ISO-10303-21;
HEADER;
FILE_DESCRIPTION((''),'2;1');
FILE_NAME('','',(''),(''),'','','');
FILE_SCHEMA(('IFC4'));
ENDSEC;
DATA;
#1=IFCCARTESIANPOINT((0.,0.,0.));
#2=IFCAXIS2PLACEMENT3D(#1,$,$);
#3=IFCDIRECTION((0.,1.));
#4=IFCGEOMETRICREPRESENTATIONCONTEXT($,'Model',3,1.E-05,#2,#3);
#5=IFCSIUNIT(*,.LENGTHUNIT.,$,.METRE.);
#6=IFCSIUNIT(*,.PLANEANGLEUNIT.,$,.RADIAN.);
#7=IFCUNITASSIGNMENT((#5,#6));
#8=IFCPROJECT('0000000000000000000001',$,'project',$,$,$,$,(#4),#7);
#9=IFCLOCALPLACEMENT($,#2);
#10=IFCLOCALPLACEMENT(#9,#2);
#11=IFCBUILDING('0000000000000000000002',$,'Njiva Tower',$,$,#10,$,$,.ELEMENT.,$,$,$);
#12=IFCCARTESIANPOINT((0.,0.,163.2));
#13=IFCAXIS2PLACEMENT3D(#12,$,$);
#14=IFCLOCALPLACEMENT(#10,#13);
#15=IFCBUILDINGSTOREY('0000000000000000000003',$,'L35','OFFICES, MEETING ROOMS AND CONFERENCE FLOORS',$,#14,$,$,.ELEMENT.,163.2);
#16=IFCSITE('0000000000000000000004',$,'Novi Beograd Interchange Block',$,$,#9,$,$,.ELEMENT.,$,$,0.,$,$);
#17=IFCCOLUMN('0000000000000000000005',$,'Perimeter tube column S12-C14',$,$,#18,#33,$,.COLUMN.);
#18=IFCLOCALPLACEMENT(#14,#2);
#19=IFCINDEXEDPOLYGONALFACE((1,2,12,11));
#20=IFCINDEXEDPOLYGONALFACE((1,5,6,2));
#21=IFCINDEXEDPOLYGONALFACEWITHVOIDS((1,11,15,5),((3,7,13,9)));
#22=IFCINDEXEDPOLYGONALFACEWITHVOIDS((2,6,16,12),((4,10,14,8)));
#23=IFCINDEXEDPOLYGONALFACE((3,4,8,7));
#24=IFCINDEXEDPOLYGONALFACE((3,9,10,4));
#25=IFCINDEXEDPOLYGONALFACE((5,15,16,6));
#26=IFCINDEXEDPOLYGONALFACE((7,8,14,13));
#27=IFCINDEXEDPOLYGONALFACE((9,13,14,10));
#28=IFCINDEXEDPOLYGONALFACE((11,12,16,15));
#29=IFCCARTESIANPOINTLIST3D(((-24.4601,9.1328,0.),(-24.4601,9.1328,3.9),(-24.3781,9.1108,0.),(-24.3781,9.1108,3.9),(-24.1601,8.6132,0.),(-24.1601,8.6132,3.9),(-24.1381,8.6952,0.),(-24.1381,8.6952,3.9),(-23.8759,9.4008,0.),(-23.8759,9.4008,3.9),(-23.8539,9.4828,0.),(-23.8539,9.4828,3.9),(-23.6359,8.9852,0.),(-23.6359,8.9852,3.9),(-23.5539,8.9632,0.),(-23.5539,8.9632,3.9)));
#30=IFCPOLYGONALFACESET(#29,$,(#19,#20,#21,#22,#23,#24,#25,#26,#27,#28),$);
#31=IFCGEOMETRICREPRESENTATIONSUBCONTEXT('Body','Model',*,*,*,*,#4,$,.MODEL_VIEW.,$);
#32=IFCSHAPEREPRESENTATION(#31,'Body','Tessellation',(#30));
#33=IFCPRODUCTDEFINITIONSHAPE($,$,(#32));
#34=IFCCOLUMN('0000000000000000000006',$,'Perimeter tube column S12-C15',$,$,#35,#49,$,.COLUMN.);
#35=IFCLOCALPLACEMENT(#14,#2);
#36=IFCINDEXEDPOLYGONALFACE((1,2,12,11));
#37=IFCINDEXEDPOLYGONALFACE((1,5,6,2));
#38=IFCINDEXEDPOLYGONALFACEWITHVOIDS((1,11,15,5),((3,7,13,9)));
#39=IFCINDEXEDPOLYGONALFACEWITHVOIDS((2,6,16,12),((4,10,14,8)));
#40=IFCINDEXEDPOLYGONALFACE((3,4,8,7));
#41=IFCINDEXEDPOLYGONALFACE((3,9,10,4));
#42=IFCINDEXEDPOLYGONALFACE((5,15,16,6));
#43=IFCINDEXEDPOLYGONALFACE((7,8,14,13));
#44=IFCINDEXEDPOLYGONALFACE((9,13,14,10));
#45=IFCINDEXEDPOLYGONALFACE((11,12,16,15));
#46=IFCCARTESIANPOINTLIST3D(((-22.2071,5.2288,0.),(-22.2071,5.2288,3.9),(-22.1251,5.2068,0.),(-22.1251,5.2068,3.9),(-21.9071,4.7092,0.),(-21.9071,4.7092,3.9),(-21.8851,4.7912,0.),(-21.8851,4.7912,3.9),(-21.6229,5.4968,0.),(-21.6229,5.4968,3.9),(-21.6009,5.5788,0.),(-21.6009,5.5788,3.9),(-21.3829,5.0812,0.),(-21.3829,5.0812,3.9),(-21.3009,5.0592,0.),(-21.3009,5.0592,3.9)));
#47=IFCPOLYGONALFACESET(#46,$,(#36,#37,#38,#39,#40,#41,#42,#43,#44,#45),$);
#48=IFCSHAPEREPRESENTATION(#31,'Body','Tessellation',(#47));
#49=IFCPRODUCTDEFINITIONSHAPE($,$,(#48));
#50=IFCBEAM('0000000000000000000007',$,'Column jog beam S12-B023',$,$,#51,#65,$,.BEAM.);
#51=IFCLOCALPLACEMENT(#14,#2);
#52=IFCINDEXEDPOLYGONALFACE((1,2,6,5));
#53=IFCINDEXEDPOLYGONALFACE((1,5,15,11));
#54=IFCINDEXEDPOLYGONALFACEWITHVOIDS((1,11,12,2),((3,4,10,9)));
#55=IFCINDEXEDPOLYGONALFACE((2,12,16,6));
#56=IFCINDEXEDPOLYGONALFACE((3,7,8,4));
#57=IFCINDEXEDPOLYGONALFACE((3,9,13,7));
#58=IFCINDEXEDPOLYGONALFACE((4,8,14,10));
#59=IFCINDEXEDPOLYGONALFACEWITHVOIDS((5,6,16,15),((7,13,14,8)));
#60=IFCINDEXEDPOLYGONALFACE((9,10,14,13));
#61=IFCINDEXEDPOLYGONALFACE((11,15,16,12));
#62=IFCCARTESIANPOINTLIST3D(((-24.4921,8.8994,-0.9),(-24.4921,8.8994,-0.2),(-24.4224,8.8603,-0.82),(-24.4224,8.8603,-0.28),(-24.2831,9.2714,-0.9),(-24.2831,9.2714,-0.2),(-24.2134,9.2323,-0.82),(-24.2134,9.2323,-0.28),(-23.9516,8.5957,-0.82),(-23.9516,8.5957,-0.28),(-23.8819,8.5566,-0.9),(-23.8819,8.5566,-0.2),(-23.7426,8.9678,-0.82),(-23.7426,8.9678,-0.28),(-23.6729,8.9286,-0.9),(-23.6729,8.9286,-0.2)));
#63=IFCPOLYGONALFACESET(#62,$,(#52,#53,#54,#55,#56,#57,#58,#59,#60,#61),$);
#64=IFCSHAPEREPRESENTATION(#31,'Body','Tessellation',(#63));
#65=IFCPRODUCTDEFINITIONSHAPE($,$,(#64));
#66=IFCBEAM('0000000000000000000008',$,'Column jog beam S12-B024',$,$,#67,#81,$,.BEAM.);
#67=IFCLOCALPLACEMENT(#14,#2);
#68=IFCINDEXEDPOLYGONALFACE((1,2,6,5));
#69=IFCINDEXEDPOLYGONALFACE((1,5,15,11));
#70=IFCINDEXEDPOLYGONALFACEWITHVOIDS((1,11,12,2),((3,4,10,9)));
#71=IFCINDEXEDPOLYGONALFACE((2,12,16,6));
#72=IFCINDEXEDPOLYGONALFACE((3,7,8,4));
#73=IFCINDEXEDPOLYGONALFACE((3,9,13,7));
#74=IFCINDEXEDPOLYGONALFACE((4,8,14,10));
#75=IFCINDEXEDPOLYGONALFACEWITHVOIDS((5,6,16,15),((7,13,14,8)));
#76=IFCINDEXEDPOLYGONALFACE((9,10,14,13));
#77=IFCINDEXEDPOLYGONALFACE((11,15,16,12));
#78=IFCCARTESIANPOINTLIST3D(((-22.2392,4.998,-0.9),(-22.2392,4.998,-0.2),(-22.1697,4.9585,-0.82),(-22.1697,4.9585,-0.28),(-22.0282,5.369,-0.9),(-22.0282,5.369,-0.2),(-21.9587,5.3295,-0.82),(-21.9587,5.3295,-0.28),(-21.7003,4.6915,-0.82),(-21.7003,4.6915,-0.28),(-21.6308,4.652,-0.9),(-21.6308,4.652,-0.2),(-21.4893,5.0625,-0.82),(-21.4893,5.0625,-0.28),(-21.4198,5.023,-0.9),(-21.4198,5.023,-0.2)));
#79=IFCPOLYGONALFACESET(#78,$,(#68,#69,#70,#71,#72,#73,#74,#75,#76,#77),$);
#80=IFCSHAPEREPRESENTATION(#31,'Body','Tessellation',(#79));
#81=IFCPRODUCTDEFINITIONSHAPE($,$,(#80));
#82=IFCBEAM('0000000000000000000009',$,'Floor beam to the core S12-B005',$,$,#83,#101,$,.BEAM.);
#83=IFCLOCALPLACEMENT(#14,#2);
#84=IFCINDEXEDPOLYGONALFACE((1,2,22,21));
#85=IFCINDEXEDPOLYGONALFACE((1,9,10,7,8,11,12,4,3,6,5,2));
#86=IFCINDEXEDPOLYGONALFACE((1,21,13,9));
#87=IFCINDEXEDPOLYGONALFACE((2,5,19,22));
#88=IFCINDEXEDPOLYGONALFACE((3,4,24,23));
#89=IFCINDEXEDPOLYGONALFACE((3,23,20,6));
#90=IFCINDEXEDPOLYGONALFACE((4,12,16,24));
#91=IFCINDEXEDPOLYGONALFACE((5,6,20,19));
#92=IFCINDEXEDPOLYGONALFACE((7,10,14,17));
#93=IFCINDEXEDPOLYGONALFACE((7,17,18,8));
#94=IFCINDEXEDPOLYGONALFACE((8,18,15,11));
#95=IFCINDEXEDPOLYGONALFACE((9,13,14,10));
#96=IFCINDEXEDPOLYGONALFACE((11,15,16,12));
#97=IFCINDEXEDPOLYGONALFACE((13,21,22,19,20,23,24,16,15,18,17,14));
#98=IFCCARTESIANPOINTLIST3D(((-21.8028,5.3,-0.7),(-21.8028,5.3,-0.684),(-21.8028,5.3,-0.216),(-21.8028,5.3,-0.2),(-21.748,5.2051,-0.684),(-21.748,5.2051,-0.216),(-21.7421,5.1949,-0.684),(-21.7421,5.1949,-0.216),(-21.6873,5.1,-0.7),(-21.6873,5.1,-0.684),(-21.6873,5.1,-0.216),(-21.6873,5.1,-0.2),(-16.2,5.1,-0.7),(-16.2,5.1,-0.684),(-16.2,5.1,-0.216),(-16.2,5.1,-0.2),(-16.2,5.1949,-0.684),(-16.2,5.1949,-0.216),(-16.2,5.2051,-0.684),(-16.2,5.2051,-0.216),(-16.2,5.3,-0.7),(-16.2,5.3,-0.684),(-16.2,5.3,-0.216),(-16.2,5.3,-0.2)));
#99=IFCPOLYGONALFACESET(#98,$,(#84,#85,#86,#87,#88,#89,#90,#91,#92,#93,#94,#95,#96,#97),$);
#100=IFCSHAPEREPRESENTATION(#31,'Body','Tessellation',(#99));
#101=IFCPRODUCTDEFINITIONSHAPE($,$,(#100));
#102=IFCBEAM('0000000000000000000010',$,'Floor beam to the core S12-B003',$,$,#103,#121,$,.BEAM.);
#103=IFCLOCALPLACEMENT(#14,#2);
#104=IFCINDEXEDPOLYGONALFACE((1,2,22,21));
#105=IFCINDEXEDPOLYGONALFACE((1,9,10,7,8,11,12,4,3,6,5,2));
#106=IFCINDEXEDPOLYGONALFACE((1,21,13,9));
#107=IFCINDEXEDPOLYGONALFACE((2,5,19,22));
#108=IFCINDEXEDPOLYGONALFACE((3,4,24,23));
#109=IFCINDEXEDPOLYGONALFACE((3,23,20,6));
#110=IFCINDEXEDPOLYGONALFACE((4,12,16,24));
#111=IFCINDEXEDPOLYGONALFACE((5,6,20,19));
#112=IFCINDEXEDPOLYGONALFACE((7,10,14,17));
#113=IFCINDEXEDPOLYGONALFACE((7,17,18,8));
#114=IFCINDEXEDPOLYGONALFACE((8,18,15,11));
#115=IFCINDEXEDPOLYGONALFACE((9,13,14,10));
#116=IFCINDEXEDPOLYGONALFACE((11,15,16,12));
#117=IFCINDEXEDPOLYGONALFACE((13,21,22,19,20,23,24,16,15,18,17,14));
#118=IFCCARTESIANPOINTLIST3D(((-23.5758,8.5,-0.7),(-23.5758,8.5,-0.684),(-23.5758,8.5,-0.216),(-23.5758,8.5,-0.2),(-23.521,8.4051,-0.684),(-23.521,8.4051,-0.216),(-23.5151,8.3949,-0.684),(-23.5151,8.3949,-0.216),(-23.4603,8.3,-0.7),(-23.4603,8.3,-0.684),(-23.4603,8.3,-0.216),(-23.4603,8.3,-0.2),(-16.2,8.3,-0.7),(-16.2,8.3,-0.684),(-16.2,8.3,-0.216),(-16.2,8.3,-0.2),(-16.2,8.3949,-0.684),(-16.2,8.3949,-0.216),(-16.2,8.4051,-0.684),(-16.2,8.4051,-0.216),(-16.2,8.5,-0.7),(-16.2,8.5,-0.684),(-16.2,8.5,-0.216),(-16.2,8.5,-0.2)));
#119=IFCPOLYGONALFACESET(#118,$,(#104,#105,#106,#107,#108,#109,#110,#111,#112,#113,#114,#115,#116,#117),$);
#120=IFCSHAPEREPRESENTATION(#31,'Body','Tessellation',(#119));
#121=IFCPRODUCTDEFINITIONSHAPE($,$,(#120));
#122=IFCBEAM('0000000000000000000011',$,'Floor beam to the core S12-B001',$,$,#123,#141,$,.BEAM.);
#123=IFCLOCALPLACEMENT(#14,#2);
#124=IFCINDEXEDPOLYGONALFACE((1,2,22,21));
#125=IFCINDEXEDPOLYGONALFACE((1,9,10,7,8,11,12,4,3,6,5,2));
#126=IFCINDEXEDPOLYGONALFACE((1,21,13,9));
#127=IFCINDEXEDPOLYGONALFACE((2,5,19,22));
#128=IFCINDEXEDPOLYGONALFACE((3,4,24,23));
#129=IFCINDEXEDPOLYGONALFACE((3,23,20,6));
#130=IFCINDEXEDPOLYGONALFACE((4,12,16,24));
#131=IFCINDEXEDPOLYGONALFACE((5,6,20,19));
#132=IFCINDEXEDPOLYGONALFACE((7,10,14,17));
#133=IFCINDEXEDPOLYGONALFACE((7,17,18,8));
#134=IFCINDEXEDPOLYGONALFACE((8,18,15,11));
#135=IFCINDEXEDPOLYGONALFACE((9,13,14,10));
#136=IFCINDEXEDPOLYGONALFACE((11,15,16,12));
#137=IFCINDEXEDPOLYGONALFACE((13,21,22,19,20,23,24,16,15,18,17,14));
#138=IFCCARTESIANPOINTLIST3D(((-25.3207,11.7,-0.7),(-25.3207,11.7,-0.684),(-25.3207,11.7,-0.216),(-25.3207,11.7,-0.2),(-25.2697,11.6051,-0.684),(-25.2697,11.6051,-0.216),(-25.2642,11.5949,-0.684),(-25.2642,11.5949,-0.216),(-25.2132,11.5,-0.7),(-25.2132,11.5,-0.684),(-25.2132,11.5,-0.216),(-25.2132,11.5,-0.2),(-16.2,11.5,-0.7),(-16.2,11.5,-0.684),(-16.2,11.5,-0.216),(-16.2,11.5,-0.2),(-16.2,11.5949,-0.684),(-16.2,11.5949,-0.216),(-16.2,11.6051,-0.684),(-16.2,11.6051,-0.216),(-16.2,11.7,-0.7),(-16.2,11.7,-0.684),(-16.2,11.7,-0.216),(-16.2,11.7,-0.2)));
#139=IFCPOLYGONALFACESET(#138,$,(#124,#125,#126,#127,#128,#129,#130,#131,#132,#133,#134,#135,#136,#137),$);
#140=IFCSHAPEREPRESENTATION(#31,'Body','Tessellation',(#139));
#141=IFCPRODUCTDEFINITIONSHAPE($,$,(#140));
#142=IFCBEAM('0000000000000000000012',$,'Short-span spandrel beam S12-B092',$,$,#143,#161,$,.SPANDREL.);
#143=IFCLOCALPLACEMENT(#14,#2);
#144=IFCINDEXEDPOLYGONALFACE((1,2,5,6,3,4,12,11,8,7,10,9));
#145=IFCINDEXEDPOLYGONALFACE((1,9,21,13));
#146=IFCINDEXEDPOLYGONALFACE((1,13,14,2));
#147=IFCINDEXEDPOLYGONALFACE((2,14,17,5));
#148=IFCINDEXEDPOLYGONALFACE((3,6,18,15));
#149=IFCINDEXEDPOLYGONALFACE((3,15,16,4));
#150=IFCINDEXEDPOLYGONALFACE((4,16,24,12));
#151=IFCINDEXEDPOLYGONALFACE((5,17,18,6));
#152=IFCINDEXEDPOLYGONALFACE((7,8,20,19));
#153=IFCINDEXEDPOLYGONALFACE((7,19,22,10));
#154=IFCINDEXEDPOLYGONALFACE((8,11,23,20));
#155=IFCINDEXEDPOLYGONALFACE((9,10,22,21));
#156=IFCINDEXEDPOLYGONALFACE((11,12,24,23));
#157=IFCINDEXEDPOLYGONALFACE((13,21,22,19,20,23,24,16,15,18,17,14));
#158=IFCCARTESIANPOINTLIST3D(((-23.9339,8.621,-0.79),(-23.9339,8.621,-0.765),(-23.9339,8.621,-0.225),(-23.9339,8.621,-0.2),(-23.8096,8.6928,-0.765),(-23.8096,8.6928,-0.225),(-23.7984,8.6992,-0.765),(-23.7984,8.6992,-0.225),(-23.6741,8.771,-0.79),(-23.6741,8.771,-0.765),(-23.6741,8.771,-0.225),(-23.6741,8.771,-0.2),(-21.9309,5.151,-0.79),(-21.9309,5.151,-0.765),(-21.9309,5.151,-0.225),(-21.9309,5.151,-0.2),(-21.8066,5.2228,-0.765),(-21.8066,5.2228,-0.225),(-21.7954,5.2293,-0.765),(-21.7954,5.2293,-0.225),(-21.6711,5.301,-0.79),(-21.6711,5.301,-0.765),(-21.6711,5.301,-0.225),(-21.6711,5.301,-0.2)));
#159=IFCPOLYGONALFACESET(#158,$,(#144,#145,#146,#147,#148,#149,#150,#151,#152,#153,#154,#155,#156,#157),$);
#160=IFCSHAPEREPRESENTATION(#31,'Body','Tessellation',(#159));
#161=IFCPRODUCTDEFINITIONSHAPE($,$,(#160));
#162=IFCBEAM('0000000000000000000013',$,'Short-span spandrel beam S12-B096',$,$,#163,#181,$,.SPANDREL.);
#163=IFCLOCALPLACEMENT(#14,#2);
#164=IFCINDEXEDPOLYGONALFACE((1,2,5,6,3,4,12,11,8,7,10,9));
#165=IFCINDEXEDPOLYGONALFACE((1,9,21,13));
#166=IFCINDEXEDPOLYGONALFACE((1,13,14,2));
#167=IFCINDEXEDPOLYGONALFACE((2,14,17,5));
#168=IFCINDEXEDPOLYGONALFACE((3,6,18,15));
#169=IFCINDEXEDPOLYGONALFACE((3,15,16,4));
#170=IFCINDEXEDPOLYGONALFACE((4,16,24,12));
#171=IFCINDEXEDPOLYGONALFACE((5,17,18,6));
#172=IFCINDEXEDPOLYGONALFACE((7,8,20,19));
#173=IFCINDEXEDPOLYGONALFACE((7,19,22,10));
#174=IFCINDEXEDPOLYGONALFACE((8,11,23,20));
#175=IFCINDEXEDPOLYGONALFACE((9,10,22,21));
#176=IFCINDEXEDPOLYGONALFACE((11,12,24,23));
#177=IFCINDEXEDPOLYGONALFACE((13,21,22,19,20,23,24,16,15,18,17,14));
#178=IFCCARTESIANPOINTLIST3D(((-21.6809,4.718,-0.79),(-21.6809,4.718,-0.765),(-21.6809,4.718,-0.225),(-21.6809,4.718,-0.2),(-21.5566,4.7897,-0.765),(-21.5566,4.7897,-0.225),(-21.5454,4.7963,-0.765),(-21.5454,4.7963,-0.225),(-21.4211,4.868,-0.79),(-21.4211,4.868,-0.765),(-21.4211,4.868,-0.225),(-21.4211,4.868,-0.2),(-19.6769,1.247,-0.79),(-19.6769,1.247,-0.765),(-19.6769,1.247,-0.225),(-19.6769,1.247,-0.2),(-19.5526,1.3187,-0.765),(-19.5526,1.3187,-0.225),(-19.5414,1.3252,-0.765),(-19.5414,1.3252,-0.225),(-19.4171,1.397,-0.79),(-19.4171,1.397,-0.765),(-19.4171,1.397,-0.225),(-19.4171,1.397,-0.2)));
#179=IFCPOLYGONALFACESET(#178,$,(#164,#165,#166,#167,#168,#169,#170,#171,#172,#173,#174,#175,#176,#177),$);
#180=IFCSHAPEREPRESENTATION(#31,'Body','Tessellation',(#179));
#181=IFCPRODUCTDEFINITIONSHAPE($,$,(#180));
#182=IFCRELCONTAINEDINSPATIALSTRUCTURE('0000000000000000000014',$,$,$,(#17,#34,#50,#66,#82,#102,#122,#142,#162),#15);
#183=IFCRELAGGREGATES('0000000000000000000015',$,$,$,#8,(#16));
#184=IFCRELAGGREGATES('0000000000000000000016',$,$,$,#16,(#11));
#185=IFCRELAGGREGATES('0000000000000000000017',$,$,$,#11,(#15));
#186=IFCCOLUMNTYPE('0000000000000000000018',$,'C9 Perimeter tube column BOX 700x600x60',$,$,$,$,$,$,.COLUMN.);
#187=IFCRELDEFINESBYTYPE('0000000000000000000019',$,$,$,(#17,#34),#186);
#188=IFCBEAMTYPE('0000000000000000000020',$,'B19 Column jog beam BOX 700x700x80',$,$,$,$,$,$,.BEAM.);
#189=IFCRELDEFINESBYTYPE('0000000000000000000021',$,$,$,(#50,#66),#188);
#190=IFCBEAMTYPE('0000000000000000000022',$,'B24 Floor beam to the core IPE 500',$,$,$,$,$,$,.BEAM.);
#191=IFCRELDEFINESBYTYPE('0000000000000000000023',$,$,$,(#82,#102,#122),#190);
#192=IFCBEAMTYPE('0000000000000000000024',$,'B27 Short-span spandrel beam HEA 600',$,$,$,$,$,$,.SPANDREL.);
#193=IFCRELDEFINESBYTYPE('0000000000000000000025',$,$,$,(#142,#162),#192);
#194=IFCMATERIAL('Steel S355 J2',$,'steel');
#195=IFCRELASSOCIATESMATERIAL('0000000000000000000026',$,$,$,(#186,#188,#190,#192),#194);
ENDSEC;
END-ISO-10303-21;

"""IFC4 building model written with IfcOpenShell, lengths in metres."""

from ifc_helpers import new_model, si_unit, direction, frame, origin, origin_2d, place, context, subcontext, project, spatial, hollow_rectangle, i_section, extrude, clip, halfspace, material, material_profile, profile_set, type_object, element, save


model = new_model("IFC4")

# Units and contexts
model_context = context("Model", 3, precision=1e-05, world=origin(), true_north=direction((0.0, 1.0)))
body_context = subcontext(model_context, "Body", "Model", "MODEL_VIEW")
ifc_project = project(units=[si_unit("LENGTHUNIT", "METRE"), si_unit("PLANEANGLEUNIT", "RADIAN")], contexts=[model_context])

# Site, building, storey
site_placement = place(None, origin())
site = spatial("IfcSite", under=ifc_project, at=site_placement, Name="Novi Beograd Interchange Block", CompositionType="ELEMENT", RefElevation=0.0)
building_placement = place(site_placement, origin())
building = spatial("IfcBuilding", under=site, at=building_placement, Name="Njiva Tower", CompositionType="ELEMENT")
storey_placement = place(building_placement, frame((0.0, 0.0, 163.2)))
storey = spatial("IfcBuildingStorey", under=building, at=storey_placement, Name="L35", Description="OFFICES, MEETING ROOMS AND CONFERENCE FLOORS", CompositionType="ELEMENT", Elevation=163.2)

# Columns
ifc_material_1 = material(Name="Steel S355 J2", Category="steel")
ifc_material_profile_1 = material_profile(ifc_material_1, hollow_rectangle(XDim=0.6, YDim=0.7, WallThickness=0.06, at=origin_2d()), Name="BOX 700x600x60")
ifc_profile_set_1 = profile_set([ifc_material_profile_1], Name="Steel S355 J2")
column_type = type_object("IfcColumnType", Name="C9 Perimeter tube column BOX 700x600x60", PredefinedType="COLUMN", material=ifc_profile_set_1)
for number, where, z_axis, x_axis, name in (
    (1, (-24.007, 9.048, 0.0), (0.0, 0.0, 1.0), (0.5, -0.866025, 0.0), "Perimeter tube column S12-C14"),
    (2, (-21.754, 5.144, 0.0), (0.0, 0.0, 1.0), (0.5, -0.866025, 0.0), "Perimeter tube column S12-C15"),
):
    element("IfcColumn", number, at=place(storey_placement, frame(where, z_axis=z_axis, x_axis=x_axis)), inside=storey, type_object=column_type, Name=name, PredefinedType="COLUMN", context=body_context, shape_type="SweptSolid", body=[
        extrude(hollow_rectangle(XDim=0.6, YDim=0.7, WallThickness=0.06, at=origin_2d()), origin(), (0.0, 0.0, 1.0), 3.9),
    ])

# Beams
ifc_material_profile_2 = material_profile(ifc_material_1, hollow_rectangle(XDim=0.7, YDim=0.7, WallThickness=0.08, at=origin_2d()), Name="BOX 700x700x80")
ifc_profile_set_2 = profile_set([ifc_material_profile_2], Name="Steel S355 J2")
beam_type_1 = type_object("IfcBeamType", Name="B19 Column jog beam BOX 700x700x80", PredefinedType="BEAM", material=ifc_profile_set_2)
beam_1_placement = place(storey_placement, frame((-24.187, 8.728, -0.55), z_axis=(0.489816, 0.871826, 0.0), x_axis=(-0.871826, 0.489816, 0.0)))
element("IfcBeam", 3, at=beam_1_placement, inside=storey, type_object=beam_type_1, Name="Column jog beam S12-B023", PredefinedType="BEAM", context=body_context, shape_type="SweptSolid", body=[
    extrude(hollow_rectangle(XDim=0.7, YDim=0.7, WallThickness=0.08, at=origin_2d()), origin(), (0.0, 0.0, 1.0), 0.4267),
])
beam_2_placement = place(storey_placement, frame((-21.935, 4.825, -0.55), z_axis=(0.494372, 0.869251, 0.0), x_axis=(-0.869251, 0.494372, 0.0)))
element("IfcBeam", 4, at=beam_2_placement, inside=storey, type_object=beam_type_1, Name="Column jog beam S12-B024", PredefinedType="BEAM", context=body_context, shape_type="SweptSolid", body=[
    extrude(hollow_rectangle(XDim=0.7, YDim=0.7, WallThickness=0.08, at=origin_2d()), origin(), (0.0, 0.0, 1.0), 0.4268),
])
ifc_material_profile_3 = material_profile(ifc_material_1, i_section(OverallWidth=0.2, OverallDepth=0.5, WebThickness=0.0102, FlangeThickness=0.016, at=origin_2d()), Name="IPE 500")
ifc_profile_set_3 = profile_set([ifc_material_profile_3], Name="Steel S355 J2")
beam_type_2 = type_object("IfcBeamType", Name="B24 Floor beam to the core IPE 500", PredefinedType="BEAM", material=ifc_profile_set_3)
beam_3_placement = place(storey_placement, frame((-21.823, 5.2, -0.45), z_axis=(1.0, 0.0, 0.0), x_axis=(0.0, 1.0, 0.0)))
element("IfcBeam", 5, at=beam_3_placement, inside=storey, type_object=beam_type_2, Name="Floor beam to the core S12-B005", PredefinedType="BEAM", context=body_context, shape_type="Clipping", body=[
    clip(extrude(i_section(OverallWidth=0.2, OverallDepth=0.5, WebThickness=0.0102, FlangeThickness=0.016, at=origin_2d()), origin(), (0.0, 0.0, 1.0), 5.623), halfspace(frame((-0.025, 0.0, 0.0924), z_axis=(-0.499998, 0.0, -0.866027), x_axis=(0.0, -1.0, 0.0)), False)),
])
beam_4_placement = place(storey_placement, frame((-23.596, 8.4, -0.45), z_axis=(1.0, 0.0, 0.0), x_axis=(0.0, 1.0, 0.0)))
element("IfcBeam", 6, at=beam_4_placement, inside=storey, type_object=beam_type_2, Name="Floor beam to the core S12-B003", PredefinedType="BEAM", context=body_context, shape_type="Clipping", body=[
    clip(extrude(i_section(OverallWidth=0.2, OverallDepth=0.5, WebThickness=0.0102, FlangeThickness=0.016, at=origin_2d()), origin(), (0.0, 0.0, 1.0), 7.396), halfspace(frame((-0.025, 0.0, 0.0924), z_axis=(-0.499998, 0.0, -0.866027), x_axis=(0.0, -1.0, 0.0)), False)),
])
beam_5_placement = place(storey_placement, frame((-25.341, 11.6, -0.45), z_axis=(1.0, 0.0, 0.0), x_axis=(0.0, 1.0, 0.0)))
element("IfcBeam", 7, at=beam_5_placement, inside=storey, type_object=beam_type_2, Name="Floor beam to the core S12-B001", PredefinedType="BEAM", context=body_context, shape_type="Clipping", body=[
    clip(extrude(i_section(OverallWidth=0.2, OverallDepth=0.5, WebThickness=0.0102, FlangeThickness=0.016, at=origin_2d()), origin(), (0.0, 0.0, 1.0), 9.141), halfspace(frame((-0.0237, 0.0, 0.0868), z_axis=(-0.473769, 0.0, -0.880649), x_axis=(0.0, -1.0, 0.0)), False)),
])
ifc_material_profile_4 = material_profile(ifc_material_1, i_section(OverallWidth=0.3, OverallDepth=0.59, WebThickness=0.013, FlangeThickness=0.025, at=origin_2d()), Name="HEA 600")
ifc_profile_set_4 = profile_set([ifc_material_profile_4], Name="Steel S355 J2")
beam_type_3 = type_object("IfcBeamType", Name="B27 Short-span spandrel beam HEA 600", PredefinedType="SPANDREL", material=ifc_profile_set_4)
beam_6_placement = place(storey_placement, frame((-23.804, 8.696, -0.495), z_axis=(0.499924, -0.866069, 0.0), x_axis=(0.866069, 0.499924, 0.0)))
element("IfcBeam", 8, at=beam_6_placement, inside=storey, type_object=beam_type_3, Name="Short-span spandrel beam S12-B092", PredefinedType="SPANDREL", context=body_context, shape_type="SweptSolid", body=[
    extrude(i_section(OverallWidth=0.3, OverallDepth=0.59, WebThickness=0.013, FlangeThickness=0.025, at=origin_2d()), origin(), (0.0, 0.0, 1.0), 4.0066),
])
beam_7_placement = place(storey_placement, frame((-21.551, 4.793, -0.495), z_axis=(0.500003, -0.866024, 0.0), x_axis=(0.866024, 0.500003, 0.0)))
element("IfcBeam", 9, at=beam_7_placement, inside=storey, type_object=beam_type_3, Name="Short-span spandrel beam S12-B096", PredefinedType="SPANDREL", context=body_context, shape_type="SweptSolid", body=[
    extrude(i_section(OverallWidth=0.3, OverallDepth=0.59, WebThickness=0.013, FlangeThickness=0.025, at=origin_2d()), origin(), (0.0, 0.0, 1.0), 4.008),
])

save(model, "model.ifc")
